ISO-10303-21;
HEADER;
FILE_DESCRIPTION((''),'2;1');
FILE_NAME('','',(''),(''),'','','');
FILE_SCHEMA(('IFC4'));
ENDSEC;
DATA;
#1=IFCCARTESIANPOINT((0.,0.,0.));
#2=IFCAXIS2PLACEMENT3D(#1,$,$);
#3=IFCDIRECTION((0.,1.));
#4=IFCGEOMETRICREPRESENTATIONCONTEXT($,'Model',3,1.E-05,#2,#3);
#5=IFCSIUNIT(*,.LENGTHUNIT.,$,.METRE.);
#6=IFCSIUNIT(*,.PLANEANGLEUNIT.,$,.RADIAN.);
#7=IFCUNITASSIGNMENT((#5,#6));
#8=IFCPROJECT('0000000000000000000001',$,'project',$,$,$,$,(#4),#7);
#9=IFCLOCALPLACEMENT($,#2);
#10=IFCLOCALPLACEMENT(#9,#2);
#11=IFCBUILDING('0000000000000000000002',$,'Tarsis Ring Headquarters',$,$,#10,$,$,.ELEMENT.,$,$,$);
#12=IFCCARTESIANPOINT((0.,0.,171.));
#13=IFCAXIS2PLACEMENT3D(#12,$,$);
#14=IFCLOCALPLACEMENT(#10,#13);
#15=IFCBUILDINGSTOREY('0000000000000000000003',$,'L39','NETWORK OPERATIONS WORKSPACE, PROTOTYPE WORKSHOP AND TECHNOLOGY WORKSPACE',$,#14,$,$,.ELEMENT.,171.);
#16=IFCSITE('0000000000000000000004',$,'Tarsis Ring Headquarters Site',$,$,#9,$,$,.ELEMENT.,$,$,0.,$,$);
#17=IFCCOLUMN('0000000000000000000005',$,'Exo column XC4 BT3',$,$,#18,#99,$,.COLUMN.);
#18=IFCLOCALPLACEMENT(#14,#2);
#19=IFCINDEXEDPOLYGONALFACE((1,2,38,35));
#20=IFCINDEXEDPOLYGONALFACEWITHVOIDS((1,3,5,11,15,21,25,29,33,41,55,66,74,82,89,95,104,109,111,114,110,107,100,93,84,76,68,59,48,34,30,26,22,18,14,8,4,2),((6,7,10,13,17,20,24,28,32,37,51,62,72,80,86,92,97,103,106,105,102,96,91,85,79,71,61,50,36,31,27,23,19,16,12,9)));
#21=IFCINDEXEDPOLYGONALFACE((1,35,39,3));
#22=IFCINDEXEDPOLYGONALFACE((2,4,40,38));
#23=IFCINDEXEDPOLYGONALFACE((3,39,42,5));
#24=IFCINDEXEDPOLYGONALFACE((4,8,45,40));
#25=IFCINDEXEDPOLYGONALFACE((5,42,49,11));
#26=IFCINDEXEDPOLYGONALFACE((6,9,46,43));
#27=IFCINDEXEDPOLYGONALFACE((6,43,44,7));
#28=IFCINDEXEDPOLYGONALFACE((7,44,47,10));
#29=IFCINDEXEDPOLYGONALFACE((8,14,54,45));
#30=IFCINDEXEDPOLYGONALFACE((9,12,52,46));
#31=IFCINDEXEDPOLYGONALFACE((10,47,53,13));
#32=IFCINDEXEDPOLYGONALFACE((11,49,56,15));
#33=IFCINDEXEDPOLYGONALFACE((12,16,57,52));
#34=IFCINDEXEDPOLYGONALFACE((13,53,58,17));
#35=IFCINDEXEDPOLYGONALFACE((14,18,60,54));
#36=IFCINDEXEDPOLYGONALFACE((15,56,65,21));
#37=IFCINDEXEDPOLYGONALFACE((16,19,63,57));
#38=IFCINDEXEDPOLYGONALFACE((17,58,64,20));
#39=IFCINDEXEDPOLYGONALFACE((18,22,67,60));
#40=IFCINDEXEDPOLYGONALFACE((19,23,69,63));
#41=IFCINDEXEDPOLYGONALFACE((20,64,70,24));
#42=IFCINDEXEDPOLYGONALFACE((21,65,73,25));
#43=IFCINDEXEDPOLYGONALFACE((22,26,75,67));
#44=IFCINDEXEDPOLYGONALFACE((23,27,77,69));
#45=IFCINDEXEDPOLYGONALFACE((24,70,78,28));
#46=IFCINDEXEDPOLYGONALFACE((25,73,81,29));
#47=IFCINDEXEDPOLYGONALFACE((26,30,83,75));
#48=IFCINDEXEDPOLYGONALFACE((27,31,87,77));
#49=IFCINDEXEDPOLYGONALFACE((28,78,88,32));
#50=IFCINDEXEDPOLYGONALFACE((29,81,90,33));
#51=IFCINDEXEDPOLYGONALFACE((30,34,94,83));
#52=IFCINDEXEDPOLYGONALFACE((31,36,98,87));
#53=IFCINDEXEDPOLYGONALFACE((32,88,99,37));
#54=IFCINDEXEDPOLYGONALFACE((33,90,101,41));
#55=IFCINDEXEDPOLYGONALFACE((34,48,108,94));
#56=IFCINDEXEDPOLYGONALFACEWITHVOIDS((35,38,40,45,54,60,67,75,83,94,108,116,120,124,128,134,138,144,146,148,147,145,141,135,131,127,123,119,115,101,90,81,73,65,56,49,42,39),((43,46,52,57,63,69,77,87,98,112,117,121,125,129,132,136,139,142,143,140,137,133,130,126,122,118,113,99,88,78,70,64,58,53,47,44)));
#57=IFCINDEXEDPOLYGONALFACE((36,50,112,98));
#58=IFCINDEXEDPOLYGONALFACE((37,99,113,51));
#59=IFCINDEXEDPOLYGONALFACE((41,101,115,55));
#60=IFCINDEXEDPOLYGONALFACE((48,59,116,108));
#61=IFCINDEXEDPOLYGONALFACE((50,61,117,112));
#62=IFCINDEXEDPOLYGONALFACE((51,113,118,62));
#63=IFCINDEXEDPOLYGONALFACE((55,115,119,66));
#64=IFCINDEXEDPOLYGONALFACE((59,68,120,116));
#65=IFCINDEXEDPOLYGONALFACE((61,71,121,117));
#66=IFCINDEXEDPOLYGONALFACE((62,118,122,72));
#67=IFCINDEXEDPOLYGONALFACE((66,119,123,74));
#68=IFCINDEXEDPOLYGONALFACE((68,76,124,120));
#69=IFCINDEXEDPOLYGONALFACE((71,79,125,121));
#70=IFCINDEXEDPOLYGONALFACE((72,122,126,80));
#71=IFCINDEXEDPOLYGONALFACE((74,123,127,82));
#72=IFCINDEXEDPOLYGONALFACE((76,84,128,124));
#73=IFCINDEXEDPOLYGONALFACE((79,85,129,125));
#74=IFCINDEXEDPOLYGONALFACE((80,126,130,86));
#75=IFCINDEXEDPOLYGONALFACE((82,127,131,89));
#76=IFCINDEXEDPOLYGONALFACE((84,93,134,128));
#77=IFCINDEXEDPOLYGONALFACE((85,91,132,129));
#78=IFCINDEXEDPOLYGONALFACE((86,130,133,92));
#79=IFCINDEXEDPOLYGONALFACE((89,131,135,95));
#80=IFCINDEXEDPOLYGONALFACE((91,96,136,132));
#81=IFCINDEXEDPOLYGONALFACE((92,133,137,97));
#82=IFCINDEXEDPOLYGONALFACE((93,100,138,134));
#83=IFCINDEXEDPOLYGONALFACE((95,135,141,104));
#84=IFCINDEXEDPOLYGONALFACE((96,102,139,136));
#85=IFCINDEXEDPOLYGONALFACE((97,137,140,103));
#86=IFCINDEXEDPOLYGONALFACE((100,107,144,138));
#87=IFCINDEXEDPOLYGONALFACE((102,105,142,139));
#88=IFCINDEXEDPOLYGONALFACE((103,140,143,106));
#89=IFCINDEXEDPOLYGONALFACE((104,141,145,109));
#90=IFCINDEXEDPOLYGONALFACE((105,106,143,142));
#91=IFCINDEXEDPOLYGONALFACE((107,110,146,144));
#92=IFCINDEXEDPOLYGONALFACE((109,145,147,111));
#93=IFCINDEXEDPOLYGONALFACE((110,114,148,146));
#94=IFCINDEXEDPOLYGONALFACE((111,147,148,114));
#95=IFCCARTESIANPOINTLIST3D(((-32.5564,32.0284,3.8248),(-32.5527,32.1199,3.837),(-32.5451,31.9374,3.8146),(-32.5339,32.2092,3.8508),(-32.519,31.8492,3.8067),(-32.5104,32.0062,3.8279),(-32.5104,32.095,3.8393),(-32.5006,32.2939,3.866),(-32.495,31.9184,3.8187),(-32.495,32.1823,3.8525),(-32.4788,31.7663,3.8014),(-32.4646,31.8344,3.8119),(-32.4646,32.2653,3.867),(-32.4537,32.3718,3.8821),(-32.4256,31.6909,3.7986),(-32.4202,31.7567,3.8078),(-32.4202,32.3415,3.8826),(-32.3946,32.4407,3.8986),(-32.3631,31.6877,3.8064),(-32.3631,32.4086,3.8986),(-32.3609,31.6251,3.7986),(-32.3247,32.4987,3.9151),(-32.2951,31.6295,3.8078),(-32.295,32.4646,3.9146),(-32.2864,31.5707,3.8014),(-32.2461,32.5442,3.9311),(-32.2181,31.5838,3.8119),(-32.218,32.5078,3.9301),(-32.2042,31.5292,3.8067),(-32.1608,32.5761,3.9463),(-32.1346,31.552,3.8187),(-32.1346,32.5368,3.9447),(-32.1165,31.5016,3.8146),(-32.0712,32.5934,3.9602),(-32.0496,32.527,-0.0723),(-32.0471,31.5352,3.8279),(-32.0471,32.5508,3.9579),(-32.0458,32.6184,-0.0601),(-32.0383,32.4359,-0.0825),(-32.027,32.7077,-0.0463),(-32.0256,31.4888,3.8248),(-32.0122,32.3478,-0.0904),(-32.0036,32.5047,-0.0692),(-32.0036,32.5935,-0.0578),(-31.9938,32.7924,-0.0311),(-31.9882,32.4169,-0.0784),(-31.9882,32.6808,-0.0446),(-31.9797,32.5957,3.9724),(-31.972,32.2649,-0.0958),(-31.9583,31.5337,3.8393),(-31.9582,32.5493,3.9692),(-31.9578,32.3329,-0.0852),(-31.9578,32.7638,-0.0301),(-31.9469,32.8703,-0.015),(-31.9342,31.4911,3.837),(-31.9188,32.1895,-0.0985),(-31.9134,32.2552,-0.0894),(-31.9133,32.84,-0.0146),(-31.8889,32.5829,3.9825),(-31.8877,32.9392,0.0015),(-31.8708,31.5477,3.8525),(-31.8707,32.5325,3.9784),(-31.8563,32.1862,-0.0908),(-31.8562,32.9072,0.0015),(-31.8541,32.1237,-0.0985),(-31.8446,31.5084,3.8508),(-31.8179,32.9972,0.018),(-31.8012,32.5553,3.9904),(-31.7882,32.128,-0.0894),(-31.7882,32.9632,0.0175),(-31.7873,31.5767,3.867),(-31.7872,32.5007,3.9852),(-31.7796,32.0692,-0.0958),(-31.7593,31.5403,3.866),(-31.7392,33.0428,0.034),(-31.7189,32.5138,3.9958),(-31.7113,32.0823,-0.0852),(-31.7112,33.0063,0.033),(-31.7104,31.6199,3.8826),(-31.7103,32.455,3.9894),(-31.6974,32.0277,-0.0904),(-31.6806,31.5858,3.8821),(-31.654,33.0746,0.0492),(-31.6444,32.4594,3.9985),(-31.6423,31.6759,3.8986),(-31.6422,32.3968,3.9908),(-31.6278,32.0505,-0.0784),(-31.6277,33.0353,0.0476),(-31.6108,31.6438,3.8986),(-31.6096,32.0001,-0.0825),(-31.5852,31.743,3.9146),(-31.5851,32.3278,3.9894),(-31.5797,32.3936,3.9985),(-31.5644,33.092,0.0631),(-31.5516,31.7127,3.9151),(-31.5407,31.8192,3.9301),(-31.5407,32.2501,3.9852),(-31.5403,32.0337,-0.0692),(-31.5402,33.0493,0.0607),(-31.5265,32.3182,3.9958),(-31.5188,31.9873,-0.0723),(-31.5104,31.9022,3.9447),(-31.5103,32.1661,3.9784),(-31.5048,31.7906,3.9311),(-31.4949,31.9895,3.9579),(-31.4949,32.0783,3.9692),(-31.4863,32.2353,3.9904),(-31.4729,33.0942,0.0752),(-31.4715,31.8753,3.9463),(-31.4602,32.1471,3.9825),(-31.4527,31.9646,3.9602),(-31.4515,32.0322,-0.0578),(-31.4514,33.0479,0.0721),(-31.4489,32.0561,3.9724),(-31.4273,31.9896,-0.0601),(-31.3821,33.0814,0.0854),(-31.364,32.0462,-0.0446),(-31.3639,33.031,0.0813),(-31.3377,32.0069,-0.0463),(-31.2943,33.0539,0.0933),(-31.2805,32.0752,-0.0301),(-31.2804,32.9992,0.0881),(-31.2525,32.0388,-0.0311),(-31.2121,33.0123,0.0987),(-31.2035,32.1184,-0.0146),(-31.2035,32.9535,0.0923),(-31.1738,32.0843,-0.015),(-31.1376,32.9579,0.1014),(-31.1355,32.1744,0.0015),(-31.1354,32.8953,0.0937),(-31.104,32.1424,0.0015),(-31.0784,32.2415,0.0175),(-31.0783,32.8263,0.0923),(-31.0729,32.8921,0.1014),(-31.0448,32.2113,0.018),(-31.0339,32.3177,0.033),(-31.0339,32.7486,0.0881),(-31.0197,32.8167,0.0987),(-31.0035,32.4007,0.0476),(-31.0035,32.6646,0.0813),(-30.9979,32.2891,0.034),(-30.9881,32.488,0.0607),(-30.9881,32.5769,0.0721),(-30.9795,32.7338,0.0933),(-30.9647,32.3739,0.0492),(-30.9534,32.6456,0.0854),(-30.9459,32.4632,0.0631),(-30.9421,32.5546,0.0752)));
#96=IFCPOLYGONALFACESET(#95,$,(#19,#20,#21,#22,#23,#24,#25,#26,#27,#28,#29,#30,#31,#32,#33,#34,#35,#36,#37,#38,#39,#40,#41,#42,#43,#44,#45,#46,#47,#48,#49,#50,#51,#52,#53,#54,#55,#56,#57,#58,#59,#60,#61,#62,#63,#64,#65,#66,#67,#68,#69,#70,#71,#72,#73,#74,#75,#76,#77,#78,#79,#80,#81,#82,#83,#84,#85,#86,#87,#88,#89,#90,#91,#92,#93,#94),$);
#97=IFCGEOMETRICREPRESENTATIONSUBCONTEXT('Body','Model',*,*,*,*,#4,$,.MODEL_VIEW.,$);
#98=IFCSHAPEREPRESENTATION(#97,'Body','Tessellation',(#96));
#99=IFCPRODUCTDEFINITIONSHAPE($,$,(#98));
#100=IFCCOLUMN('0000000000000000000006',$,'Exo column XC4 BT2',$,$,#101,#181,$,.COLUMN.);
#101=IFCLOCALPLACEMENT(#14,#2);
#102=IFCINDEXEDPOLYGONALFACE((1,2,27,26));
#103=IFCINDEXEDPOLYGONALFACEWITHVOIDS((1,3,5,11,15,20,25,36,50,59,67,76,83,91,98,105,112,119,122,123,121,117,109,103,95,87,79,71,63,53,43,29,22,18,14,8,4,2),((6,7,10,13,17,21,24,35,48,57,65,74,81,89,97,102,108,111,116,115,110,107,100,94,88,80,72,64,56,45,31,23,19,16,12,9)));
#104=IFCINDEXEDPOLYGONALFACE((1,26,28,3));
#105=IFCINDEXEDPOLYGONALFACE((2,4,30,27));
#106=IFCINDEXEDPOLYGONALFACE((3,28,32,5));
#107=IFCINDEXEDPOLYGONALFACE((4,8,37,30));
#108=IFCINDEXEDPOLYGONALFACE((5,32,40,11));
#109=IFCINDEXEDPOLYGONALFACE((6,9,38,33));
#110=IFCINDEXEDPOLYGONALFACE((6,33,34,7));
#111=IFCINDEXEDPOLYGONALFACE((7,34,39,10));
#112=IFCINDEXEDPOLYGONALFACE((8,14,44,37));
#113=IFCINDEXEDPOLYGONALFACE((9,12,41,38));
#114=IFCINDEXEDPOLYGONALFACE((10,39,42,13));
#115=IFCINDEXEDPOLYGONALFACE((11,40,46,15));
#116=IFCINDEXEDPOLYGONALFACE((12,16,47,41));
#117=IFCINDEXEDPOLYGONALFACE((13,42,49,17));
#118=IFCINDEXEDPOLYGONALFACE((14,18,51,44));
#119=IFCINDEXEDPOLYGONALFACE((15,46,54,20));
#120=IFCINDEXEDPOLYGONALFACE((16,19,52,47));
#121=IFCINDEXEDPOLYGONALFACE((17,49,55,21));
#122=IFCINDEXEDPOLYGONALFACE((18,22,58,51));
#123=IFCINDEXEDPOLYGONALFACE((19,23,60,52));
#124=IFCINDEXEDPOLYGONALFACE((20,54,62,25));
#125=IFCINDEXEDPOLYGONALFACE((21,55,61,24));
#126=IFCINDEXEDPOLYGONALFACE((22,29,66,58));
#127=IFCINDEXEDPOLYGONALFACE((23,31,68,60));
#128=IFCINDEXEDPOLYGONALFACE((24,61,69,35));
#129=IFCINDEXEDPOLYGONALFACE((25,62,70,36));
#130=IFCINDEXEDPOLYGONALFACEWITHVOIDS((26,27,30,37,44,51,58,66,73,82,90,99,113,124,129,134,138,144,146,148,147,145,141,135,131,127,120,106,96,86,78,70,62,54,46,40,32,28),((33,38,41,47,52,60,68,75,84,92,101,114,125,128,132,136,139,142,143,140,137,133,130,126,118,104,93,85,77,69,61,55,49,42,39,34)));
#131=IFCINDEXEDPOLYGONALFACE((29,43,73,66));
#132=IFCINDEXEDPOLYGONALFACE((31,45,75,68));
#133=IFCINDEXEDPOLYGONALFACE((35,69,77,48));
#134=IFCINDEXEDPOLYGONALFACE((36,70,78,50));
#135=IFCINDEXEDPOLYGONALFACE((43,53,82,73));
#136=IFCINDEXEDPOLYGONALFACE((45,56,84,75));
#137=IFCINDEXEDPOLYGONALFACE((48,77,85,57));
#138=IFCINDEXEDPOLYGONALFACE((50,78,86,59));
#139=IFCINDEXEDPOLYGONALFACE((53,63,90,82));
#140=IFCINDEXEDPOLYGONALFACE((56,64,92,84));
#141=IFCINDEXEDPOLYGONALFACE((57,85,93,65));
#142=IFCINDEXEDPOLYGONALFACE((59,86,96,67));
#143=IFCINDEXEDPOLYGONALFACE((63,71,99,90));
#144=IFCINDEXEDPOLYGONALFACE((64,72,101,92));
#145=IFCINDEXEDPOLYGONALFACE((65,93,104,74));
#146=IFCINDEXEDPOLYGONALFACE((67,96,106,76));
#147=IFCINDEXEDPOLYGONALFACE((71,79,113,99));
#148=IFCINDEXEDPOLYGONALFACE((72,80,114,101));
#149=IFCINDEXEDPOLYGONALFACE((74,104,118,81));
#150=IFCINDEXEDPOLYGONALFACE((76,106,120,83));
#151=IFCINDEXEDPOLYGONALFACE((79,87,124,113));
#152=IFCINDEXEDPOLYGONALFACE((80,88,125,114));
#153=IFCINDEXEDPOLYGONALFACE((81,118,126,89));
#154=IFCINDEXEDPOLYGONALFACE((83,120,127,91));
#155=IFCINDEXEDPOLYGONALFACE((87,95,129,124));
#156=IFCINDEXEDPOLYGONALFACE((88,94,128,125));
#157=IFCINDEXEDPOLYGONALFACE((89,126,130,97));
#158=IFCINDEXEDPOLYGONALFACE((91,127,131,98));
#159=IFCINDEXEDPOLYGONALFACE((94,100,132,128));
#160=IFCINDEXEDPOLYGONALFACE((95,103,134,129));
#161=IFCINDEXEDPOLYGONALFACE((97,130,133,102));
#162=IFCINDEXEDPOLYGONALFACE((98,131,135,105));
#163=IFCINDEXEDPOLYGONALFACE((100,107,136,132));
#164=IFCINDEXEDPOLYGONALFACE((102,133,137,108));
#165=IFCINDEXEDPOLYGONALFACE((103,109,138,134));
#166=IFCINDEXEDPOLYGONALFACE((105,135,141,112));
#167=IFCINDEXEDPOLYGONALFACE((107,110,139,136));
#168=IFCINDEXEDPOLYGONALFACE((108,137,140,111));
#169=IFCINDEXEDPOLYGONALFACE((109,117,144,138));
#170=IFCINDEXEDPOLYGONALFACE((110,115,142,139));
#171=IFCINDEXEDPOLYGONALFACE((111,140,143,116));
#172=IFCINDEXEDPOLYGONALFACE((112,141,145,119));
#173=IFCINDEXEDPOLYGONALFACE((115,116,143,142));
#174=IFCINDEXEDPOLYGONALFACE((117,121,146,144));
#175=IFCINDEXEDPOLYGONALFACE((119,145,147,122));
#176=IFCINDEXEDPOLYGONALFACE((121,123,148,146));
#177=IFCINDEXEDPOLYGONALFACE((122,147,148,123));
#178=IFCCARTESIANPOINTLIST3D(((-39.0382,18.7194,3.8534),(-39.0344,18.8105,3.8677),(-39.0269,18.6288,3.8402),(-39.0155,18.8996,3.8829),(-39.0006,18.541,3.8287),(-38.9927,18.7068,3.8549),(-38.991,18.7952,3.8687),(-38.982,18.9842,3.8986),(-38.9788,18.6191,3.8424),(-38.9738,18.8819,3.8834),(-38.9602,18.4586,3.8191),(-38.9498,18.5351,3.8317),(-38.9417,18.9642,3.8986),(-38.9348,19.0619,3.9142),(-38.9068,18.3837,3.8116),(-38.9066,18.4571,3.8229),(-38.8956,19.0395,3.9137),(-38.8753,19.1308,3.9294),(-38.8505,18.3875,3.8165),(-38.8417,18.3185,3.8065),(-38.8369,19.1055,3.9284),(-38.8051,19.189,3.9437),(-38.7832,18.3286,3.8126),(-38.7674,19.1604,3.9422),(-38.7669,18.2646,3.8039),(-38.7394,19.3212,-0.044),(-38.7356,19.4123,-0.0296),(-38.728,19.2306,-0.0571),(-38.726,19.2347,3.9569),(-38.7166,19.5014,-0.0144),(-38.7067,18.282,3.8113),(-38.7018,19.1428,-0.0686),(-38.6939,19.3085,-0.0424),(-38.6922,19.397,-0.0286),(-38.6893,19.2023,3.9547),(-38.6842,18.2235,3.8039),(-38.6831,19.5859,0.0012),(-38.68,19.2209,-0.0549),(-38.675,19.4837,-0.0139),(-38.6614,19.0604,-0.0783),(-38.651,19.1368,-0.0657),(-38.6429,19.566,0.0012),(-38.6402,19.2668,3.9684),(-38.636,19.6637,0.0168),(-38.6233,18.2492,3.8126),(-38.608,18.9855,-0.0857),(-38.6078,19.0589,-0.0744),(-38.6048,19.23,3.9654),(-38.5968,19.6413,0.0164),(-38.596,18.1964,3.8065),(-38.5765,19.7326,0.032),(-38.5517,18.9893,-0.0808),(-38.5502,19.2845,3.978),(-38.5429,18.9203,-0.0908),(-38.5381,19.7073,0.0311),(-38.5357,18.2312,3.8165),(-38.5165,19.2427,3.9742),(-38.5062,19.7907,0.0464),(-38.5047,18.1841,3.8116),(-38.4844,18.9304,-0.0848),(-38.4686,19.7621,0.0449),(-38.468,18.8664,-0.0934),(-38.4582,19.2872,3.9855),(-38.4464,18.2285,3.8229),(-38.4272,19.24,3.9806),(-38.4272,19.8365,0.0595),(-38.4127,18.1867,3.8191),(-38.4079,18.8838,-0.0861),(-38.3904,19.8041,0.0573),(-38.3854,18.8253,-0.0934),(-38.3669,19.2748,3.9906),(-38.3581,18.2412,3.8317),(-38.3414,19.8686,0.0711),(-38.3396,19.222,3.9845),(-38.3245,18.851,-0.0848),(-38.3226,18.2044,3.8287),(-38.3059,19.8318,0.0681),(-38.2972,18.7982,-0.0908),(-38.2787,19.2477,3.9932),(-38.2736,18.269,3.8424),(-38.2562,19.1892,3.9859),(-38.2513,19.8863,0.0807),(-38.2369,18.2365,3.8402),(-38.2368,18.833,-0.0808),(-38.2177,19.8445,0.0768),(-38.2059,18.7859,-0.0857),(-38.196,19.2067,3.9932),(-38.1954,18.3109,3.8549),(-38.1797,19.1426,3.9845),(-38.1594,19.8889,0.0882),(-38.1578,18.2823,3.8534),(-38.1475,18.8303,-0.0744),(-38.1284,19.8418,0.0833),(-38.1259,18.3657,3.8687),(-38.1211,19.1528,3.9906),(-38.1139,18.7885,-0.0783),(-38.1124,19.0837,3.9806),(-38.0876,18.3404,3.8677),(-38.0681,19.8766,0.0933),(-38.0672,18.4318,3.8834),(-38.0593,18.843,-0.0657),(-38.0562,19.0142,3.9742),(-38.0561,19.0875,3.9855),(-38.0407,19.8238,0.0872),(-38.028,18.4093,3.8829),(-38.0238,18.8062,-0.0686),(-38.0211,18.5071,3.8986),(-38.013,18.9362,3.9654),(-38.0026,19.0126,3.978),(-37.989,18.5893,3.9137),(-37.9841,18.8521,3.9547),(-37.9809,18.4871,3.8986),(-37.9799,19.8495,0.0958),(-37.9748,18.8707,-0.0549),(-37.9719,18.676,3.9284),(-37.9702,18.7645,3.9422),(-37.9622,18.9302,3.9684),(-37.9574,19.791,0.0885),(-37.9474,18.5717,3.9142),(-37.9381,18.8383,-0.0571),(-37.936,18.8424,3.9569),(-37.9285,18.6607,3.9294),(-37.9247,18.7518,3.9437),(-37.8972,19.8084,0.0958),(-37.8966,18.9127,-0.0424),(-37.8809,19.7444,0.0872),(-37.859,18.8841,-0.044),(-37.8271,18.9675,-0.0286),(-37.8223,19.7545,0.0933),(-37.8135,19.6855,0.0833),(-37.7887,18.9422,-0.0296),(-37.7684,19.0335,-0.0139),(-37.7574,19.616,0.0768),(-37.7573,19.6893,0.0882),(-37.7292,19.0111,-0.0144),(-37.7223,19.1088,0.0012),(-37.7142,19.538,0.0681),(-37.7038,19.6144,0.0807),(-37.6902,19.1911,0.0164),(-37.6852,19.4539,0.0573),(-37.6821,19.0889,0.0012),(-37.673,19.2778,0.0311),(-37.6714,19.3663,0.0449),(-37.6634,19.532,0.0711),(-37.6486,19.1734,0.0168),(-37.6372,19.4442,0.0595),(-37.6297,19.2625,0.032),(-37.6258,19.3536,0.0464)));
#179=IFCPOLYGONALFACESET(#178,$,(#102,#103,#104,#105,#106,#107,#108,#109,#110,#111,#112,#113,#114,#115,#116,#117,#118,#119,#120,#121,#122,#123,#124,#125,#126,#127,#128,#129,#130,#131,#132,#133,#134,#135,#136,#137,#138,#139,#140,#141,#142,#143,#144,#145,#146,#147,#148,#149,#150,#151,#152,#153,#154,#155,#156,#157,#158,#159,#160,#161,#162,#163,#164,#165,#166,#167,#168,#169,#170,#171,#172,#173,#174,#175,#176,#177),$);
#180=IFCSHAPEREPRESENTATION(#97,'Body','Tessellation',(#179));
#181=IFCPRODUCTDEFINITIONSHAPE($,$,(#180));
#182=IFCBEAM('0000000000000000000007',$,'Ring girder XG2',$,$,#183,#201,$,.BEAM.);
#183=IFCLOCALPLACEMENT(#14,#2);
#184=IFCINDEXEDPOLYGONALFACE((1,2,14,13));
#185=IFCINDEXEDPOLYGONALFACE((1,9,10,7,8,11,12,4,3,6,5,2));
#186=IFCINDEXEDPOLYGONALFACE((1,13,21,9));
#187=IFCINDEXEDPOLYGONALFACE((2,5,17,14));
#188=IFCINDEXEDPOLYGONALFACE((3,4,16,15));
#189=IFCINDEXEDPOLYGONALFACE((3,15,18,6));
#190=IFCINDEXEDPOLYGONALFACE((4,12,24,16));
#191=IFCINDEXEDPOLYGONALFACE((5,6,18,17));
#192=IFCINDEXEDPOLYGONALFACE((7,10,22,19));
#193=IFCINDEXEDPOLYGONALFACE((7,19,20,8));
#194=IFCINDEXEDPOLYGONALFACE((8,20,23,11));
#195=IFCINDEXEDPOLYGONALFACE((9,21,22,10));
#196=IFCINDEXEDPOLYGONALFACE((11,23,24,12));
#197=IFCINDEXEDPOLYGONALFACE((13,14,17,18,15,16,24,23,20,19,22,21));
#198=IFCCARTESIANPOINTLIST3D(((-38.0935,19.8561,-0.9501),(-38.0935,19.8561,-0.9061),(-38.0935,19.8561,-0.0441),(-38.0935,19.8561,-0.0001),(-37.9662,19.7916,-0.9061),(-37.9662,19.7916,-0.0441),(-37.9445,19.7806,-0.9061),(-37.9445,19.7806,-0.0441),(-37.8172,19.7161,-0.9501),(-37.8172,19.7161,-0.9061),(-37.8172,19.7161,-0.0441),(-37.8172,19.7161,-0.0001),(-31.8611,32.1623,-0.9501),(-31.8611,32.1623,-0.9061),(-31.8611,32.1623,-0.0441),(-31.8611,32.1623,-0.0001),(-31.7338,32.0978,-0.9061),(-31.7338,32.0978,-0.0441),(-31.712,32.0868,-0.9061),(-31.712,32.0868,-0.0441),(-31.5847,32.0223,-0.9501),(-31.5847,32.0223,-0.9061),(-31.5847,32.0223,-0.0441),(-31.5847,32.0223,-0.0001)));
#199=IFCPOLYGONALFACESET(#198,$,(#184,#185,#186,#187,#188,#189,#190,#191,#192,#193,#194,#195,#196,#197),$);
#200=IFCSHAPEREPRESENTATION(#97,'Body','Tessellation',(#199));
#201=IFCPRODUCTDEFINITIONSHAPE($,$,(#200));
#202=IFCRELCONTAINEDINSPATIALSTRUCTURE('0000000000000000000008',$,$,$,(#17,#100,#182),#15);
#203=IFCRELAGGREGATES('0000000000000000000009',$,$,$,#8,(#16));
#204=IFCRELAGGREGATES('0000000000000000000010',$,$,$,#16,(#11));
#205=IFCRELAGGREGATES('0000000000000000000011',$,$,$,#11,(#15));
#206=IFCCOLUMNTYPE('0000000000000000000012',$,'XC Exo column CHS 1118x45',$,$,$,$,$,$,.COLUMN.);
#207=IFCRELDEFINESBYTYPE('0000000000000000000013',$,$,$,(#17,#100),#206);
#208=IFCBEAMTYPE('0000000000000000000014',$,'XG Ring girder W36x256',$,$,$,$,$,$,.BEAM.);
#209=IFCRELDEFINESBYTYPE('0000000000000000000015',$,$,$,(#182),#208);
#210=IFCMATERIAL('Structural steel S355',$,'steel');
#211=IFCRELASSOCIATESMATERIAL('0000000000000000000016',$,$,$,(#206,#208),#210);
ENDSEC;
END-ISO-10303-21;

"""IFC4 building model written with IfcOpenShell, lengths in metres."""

from ifc_helpers import new_model, si_unit, direction, frame, origin, origin_2d, place, context, subcontext, project, spatial, hollow_circle, i_section, extrude, material, material_profile, profile_set, type_object, element, save


model = new_model("IFC4")

# Units and contexts
model_context = context("Model", 3, precision=1e-05, world=origin(), true_north=direction((0.0, 1.0)))
body_context = subcontext(model_context, "Body", "Model", "MODEL_VIEW")
ifc_project = project(units=[si_unit("LENGTHUNIT", "METRE"), si_unit("PLANEANGLEUNIT", "RADIAN")], contexts=[model_context])

# Site, building, storey
site_placement = place(None, origin())
site = spatial("IfcSite", under=ifc_project, at=site_placement, Name="Tarsis Ring Headquarters Site", CompositionType="ELEMENT", RefElevation=0.0)
building_placement = place(site_placement, origin())
building = spatial("IfcBuilding", under=site, at=building_placement, Name="Tarsis Ring Headquarters", CompositionType="ELEMENT")
storey_placement = place(building_placement, frame((0.0, 0.0, 171.0)))
storey = spatial("IfcBuildingStorey", under=building, at=storey_placement, Name="L39", Description="NETWORK OPERATIONS WORKSPACE, PROTOTYPE WORKSHOP AND TECHNOLOGY WORKSPACE", CompositionType="ELEMENT", Elevation=171.0)

# Columns
ifc_material_1 = material(Name="Structural steel S355", Category="steel")
ifc_material_profile_1 = material_profile(ifc_material_1, hollow_circle(Radius=0.5588, WallThickness=0.0449, at=origin_2d()), Name="CHS 1118x45")
ifc_profile_set_1 = profile_set([ifc_material_profile_1], Name="Structural steel S355")
column_type = type_object("IfcColumnType", Name="XC Exo column CHS 1118x45", PredefinedType="COLUMN", material=ifc_profile_set_1)
column_1_placement = place(storey_placement, frame((-31.4958, 32.5408, 0.0015), z_axis=(-0.127939, -0.125844, 0.983766), x_axis=(0.701245, -0.712921, 0.0)))
element("IfcColumn", 1, at=column_1_placement, inside=storey, type_object=column_type, Name="Exo column XC4 BT3", PredefinedType="COLUMN", context=body_context, shape_type="SweptSolid", body=[
    extrude(hollow_circle(Radius=0.5588, WallThickness=0.0449, at=origin_2d()), origin(), (0.0, 0.0, 1.0), 3.9614),
])
column_2_placement = place(storey_placement, frame((-38.1826, 19.3374, 0.0012), z_axis=(-0.075558, -0.152165, 0.985463), x_axis=(0.895659, -0.444741, 0.0)))
element("IfcColumn", 2, at=column_2_placement, inside=storey, type_object=column_type, Name="Exo column XC4 BT2", PredefinedType="COLUMN", context=body_context, shape_type="SweptSolid", body=[
    extrude(hollow_circle(Radius=0.5588, WallThickness=0.0449, at=origin_2d()), origin(), (0.0, 0.0, 1.0), 3.9548),
])

# Beam
ifc_material_profile_2 = material_profile(ifc_material_1, i_section(OverallWidth=0.3098, OverallDepth=0.95, WebThickness=0.0244, FlangeThickness=0.0439, at=origin_2d()), Name="W36x256")
ifc_profile_set_2 = profile_set([ifc_material_profile_2], Name="Structural steel S355")
beam_type = type_object("IfcBeamType", Name="XG Ring girder W36x256", PredefinedType="BEAM", material=ifc_profile_set_2)
beam_1_placement = place(storey_placement, frame((-31.7229, 32.0923, -0.4751), z_axis=(-0.451809, -0.892115, 0.0), x_axis=(0.892115, -0.451809, 0.0)))
element("IfcBeam", 3, at=beam_1_placement, inside=storey, type_object=beam_type, Name="Ring girder XG2", PredefinedType="BEAM", context=body_context, shape_type="SweptSolid", body=[
    extrude(i_section(OverallWidth=0.3098, OverallDepth=0.95, WebThickness=0.0244, FlangeThickness=0.0439, at=origin_2d()), origin(), (0.0, 0.0, 1.0), 13.7944),
])

save(model, "model.ifc")
